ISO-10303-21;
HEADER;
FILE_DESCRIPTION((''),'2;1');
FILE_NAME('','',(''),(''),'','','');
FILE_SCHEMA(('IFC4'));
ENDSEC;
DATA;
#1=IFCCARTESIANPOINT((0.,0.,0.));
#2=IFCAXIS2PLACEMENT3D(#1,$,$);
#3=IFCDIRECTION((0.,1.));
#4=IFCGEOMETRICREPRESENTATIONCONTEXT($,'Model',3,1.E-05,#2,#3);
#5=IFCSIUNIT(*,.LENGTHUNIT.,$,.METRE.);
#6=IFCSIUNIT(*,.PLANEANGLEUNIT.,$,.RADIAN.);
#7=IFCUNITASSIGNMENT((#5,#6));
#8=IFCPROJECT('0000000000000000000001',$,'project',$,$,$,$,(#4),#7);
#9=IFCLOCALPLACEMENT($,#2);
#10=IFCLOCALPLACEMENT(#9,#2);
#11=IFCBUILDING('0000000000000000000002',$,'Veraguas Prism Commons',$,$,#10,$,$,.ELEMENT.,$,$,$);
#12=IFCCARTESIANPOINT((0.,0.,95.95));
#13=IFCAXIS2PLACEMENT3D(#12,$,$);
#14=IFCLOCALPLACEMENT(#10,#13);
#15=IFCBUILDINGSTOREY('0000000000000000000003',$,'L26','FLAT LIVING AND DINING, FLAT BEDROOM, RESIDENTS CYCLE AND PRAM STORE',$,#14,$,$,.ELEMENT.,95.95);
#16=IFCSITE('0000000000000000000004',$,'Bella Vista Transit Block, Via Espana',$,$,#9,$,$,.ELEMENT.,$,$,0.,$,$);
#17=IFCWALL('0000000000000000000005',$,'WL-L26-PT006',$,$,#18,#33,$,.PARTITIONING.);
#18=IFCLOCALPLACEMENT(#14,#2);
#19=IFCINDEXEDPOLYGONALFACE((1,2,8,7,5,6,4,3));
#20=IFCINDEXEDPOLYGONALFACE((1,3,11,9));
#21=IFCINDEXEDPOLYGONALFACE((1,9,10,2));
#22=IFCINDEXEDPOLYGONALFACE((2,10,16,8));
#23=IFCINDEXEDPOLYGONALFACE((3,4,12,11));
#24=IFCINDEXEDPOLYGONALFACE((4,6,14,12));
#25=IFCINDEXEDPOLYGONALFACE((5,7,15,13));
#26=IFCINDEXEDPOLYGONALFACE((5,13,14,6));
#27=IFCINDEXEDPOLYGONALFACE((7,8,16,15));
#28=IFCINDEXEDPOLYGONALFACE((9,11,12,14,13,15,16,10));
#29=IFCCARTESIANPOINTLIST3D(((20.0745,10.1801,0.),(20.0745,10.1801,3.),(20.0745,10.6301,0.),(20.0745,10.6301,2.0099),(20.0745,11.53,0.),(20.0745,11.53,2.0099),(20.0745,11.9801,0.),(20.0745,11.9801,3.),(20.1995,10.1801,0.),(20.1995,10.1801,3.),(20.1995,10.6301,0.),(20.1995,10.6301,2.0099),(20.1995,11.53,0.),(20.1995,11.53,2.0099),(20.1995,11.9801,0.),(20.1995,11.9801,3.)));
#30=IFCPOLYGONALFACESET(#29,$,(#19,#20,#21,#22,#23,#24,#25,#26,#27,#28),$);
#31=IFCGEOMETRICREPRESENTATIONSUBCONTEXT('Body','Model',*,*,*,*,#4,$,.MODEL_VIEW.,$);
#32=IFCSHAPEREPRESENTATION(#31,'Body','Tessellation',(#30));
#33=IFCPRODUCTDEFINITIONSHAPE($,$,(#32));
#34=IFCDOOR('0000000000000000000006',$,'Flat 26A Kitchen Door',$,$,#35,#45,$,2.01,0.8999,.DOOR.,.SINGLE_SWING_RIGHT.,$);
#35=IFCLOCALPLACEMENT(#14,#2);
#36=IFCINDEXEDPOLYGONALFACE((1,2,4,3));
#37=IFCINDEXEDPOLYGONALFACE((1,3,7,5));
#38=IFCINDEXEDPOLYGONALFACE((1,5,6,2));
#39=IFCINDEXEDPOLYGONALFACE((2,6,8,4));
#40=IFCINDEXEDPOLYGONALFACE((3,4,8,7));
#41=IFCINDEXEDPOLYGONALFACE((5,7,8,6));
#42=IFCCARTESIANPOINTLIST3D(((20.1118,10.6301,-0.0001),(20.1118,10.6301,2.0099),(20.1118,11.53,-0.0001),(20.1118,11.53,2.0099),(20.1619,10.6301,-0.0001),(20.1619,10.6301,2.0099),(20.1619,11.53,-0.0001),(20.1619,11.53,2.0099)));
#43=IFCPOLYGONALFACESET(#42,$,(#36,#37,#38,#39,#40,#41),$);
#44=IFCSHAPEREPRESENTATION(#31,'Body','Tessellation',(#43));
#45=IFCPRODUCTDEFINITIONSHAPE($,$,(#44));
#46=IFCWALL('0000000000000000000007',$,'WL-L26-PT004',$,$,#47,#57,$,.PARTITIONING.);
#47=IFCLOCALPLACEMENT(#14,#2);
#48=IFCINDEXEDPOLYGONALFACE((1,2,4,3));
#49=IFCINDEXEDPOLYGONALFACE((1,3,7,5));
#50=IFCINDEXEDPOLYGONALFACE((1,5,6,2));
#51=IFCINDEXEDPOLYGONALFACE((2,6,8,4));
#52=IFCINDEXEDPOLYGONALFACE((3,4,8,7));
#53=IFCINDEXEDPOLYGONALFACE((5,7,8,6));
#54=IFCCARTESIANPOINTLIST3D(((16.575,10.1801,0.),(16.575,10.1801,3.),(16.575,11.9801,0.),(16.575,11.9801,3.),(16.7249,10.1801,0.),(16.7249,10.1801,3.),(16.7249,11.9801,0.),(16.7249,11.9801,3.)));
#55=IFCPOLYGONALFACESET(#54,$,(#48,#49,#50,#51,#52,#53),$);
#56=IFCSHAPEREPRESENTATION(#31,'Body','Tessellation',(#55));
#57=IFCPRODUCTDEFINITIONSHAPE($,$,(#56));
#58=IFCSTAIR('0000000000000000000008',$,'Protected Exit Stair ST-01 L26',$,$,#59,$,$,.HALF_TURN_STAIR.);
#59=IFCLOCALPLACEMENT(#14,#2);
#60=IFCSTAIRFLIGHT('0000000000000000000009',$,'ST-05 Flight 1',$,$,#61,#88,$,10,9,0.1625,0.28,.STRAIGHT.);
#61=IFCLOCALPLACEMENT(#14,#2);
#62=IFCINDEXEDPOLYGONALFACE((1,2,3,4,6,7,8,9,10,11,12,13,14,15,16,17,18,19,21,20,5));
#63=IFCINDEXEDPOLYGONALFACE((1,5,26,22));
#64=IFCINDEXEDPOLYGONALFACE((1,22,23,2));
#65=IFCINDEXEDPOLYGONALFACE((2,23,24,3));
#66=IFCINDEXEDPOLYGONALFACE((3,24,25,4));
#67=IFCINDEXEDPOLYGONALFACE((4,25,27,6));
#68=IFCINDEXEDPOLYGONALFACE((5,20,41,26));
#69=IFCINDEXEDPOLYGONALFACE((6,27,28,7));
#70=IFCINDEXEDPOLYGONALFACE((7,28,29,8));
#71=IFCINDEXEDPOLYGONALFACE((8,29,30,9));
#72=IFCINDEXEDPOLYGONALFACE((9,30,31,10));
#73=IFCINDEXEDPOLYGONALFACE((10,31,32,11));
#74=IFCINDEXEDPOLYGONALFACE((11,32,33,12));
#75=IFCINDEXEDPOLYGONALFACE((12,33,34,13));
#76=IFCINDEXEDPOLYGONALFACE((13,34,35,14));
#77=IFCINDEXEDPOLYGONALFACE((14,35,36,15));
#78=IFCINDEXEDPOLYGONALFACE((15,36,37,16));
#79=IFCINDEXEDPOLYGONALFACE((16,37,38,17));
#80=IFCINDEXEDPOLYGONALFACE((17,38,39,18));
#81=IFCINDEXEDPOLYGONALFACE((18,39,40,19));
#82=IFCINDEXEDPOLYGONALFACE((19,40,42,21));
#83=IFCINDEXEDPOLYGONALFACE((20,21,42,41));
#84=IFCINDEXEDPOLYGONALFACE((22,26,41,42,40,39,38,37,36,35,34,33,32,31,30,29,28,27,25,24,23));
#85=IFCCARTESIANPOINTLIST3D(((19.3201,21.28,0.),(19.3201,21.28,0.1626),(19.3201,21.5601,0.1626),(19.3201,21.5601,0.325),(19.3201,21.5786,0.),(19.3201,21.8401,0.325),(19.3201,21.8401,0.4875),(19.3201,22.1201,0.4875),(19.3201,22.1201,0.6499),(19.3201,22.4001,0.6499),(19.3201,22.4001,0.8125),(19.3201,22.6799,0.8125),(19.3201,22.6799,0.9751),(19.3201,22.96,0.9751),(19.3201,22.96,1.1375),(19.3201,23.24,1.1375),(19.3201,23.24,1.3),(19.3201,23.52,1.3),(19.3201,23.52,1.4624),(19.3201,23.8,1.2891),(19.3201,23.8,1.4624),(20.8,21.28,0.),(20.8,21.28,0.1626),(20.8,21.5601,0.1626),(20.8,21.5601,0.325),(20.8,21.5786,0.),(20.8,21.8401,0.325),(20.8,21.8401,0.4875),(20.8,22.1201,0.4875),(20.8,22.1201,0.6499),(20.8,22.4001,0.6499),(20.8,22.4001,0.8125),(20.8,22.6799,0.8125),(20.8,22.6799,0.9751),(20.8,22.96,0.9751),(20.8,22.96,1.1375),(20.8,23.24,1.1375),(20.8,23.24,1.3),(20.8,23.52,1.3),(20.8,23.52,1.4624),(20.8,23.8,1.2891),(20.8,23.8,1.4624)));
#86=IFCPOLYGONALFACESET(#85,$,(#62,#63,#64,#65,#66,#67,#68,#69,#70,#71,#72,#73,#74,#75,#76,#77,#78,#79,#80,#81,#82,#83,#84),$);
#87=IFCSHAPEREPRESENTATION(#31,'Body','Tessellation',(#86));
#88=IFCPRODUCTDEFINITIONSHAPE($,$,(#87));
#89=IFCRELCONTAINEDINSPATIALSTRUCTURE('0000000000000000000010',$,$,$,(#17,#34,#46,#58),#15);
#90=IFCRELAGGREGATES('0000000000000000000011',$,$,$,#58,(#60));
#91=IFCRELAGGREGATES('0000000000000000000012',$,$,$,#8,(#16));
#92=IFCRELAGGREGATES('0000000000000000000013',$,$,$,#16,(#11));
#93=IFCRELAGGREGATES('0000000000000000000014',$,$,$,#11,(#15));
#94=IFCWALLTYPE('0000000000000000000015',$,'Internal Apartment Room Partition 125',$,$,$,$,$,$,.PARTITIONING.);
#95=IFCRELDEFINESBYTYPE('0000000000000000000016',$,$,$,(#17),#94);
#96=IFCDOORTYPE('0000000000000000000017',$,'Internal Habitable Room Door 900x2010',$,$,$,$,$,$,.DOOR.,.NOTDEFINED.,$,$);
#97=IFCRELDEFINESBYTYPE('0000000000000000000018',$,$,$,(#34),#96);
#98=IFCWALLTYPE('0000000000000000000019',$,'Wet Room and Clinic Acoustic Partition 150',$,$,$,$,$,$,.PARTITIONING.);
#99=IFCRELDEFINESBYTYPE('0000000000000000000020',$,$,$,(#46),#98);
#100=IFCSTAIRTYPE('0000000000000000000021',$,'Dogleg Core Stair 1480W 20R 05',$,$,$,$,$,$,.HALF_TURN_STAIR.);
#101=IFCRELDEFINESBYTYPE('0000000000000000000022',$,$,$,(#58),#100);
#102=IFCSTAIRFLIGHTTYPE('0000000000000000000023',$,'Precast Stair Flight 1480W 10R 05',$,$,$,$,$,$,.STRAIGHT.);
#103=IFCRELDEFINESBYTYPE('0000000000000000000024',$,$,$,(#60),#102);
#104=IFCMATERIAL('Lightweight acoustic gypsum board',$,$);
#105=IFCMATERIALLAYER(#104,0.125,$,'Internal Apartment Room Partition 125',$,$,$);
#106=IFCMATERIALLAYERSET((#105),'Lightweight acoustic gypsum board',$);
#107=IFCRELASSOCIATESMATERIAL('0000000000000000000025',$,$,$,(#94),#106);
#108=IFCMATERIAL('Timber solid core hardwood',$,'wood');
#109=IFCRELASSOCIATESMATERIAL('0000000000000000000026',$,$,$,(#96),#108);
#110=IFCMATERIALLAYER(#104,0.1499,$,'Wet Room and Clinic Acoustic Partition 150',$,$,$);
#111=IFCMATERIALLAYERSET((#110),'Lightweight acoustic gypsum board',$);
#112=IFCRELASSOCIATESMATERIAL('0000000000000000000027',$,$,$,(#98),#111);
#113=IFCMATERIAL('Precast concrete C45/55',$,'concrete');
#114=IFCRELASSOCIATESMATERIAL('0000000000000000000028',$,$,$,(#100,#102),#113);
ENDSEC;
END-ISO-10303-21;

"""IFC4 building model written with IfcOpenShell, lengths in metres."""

from ifc_helpers import new_model, si_unit, direction, frame, frame_2d, origin, place, context, subcontext, project, spatial, polyline, rectangle, outline, extrude, source, transform, mapped, material, layer, layer_set, type_object, element, fill, aggregate, save


model = new_model("IFC4")

# Units and contexts
model_context = context("Model", 3, precision=1e-05, world=origin(), true_north=direction((0.0, 1.0)))
body_context = subcontext(model_context, "Body", "Model", "MODEL_VIEW")
ifc_project = project(units=[si_unit("LENGTHUNIT", "METRE"), si_unit("PLANEANGLEUNIT", "RADIAN")], contexts=[model_context])

# Site, building, storey
site_placement = place(None, origin())
site = spatial("IfcSite", under=ifc_project, at=site_placement, Name="Bella Vista Transit Block, Via Espana", CompositionType="ELEMENT", RefElevation=0.0)
building_placement = place(site_placement, origin())
building = spatial("IfcBuilding", under=site, at=building_placement, Name="Veraguas Prism Commons", CompositionType="ELEMENT")
storey_placement = place(building_placement, frame((0.0, 0.0, 95.95)))
storey = spatial("IfcBuildingStorey", under=building, at=storey_placement, Name="L26", Description="FLAT LIVING AND DINING, FLAT BEDROOM, RESIDENTS CYCLE AND PRAM STORE", CompositionType="ELEMENT", Elevation=95.95)

# Shared definitions
shared_shape_1 = source(origin(), body_context, "Body", "SweptSolid", [
    extrude(rectangle(XDim=0.8999, YDim=2.01, at=frame_2d((0.45, 1.0049))), frame((0.0, 0.0249, 0.0), z_axis=(0.0, -1.0, 0.0), x_axis=(1.0, 0.0, 0.0)), (0.0, 0.0, 1.0), 0.05),
])

# Wall, opening, door
ifc_material_1 = material(Name="Lightweight acoustic gypsum board")
ifc_layer_1 = layer(ifc_material_1, 0.125, Name="Internal Apartment Room Partition 125")
ifc_layer_set_1 = layer_set([ifc_layer_1], Name="Lightweight acoustic gypsum board")
wall_type_1 = type_object("IfcWallType", Name="Internal Apartment Room Partition 125", PredefinedType="PARTITIONING", material=ifc_layer_set_1)
wall_1_placement = place(storey_placement, frame((20.137, 11.98, 0.0), z_axis=(0.0, 0.0, 1.0), x_axis=(0.0, -1.0, 0.0)))
wall_1 = element("IfcWall", 1, at=wall_1_placement, inside=storey, type_object=wall_type_1, Name="WL-L26-PT006", PredefinedType="PARTITIONING", context=body_context, shape_type="SweptSolid", body=[
    extrude(rectangle(XDim=1.8, YDim=0.125, at=frame_2d((0.8999, 0.0))), origin(), (0.0, 0.0, 1.0), 3.0),
])
opening_1_placement = place(wall_1_placement, frame((0.45, 0.0, 0.0)))
opening_1 = element("IfcOpeningElement", 2, at=opening_1_placement, cuts=wall_1, PredefinedType="OPENING", context=body_context, shape_type="SweptSolid", body=[
    extrude(rectangle(XDim=0.8999, YDim=2.01, at=frame_2d((0.45, 1.0049))), frame((0.0, 0.0725, 0.0), z_axis=(0.0, -1.0, 0.0), x_axis=(1.0, 0.0, 0.0)), (0.0, 0.0, 1.0), 0.145),
])
ifc_material_2 = material(Name="Timber solid core hardwood", Category="wood")
door_type_1 = type_object("IfcDoorType", Name="Internal Habitable Room Door 900x2010", OperationType="NOTDEFINED", PredefinedType="DOOR", material=ifc_material_2)
door_1_placement = place(opening_1_placement, origin())
door_1 = element("IfcDoor", 3, at=door_1_placement, inside=storey, type_object=door_type_1, Name="Flat 26A Kitchen Door", OperationType="SINGLE_SWING_RIGHT", OverallHeight=2.01, OverallWidth=0.8999, PredefinedType="DOOR", context=body_context, shape_type="MappedRepresentation", body=[
    mapped(shared_shape_1, transform((0.0, 0.0, 0.0), scale=1.0)),
])
fill(opening_1, door_1)

# Wall
ifc_layer_2 = layer(ifc_material_1, 0.1499, Name="Wet Room and Clinic Acoustic Partition 150")
ifc_layer_set_2 = layer_set([ifc_layer_2], Name="Lightweight acoustic gypsum board")
wall_type_2 = type_object("IfcWallType", Name="Wet Room and Clinic Acoustic Partition 150", PredefinedType="PARTITIONING", material=ifc_layer_set_2)
wall_2_placement = place(storey_placement, frame((16.6499, 11.98, 0.0), z_axis=(0.0, 0.0, 1.0), x_axis=(0.0, -1.0, 0.0)))
element("IfcWall", 4, at=wall_2_placement, inside=storey, type_object=wall_type_2, Name="WL-L26-PT004", PredefinedType="PARTITIONING", context=body_context, shape_type="SweptSolid", body=[
    extrude(rectangle(XDim=1.8, YDim=0.1499, at=frame_2d((0.8999, 0.0))), origin(), (0.0, 0.0, 1.0), 3.0),
])

# Stair, stair flight
ifc_material_3 = material(Name="Precast concrete C45/55", Category="concrete")
stair_type = type_object("IfcStairType", Name="Dogleg Core Stair 1480W 20R 05", PredefinedType="HALF_TURN_STAIR", material=ifc_material_3)
stair_placement = place(storey_placement, origin())
stair = element("IfcStair", 5, at=stair_placement, inside=storey, type_object=stair_type, Name="Protected Exit Stair ST-01 L26", PredefinedType="HALF_TURN_STAIR")
stair_flight_type = type_object("IfcStairFlightType", Name="Precast Stair Flight 1480W 10R 05", PredefinedType="STRAIGHT", material=ifc_material_3)
stair_flight_placement = place(storey_placement, frame((20.0601, 21.28, 0.0), z_axis=(0.0, 0.0, 1.0), x_axis=(0.0, 1.0, 0.0)))
stair_flight = element("IfcStairFlight", 6, at=stair_flight_placement, type_object=stair_flight_type, Name="ST-05 Flight 1", NumberOfRisers=10, NumberOfTreads=9, PredefinedType="STRAIGHT", RiserHeight=0.1625, TreadLength=0.28, context=body_context, shape_type="SweptSolid", body=[
    extrude(outline(polyline([(0.0, 0.0), (0.0, 0.1626), (0.28, 0.1626), (0.28, 0.325), (0.5601, 0.325), (0.5601, 0.4875), (0.8401, 0.4875), (0.8401, 0.6499), (1.1201, 0.6499), (1.1201, 0.8125), (1.3999, 0.8125), (1.3999, 0.9751), (1.6799, 0.9751), (1.6799, 1.1375), (1.96, 1.1375), (1.96, 1.3), (2.24, 1.3), (2.24, 1.4624), (2.52, 1.4624), (2.52, 1.625), (2.52, 1.2891), (0.2986, 0.0), (0.0, 0.0)])), frame((0.0, 0.74, 0.0), z_axis=(0.0, -1.0, 0.0), x_axis=(1.0, 0.0, 0.0)), (0.0, 0.0, 1.0), 1.48),
])
aggregate(stair, [stair_flight])

save(model, "model.ifc")
